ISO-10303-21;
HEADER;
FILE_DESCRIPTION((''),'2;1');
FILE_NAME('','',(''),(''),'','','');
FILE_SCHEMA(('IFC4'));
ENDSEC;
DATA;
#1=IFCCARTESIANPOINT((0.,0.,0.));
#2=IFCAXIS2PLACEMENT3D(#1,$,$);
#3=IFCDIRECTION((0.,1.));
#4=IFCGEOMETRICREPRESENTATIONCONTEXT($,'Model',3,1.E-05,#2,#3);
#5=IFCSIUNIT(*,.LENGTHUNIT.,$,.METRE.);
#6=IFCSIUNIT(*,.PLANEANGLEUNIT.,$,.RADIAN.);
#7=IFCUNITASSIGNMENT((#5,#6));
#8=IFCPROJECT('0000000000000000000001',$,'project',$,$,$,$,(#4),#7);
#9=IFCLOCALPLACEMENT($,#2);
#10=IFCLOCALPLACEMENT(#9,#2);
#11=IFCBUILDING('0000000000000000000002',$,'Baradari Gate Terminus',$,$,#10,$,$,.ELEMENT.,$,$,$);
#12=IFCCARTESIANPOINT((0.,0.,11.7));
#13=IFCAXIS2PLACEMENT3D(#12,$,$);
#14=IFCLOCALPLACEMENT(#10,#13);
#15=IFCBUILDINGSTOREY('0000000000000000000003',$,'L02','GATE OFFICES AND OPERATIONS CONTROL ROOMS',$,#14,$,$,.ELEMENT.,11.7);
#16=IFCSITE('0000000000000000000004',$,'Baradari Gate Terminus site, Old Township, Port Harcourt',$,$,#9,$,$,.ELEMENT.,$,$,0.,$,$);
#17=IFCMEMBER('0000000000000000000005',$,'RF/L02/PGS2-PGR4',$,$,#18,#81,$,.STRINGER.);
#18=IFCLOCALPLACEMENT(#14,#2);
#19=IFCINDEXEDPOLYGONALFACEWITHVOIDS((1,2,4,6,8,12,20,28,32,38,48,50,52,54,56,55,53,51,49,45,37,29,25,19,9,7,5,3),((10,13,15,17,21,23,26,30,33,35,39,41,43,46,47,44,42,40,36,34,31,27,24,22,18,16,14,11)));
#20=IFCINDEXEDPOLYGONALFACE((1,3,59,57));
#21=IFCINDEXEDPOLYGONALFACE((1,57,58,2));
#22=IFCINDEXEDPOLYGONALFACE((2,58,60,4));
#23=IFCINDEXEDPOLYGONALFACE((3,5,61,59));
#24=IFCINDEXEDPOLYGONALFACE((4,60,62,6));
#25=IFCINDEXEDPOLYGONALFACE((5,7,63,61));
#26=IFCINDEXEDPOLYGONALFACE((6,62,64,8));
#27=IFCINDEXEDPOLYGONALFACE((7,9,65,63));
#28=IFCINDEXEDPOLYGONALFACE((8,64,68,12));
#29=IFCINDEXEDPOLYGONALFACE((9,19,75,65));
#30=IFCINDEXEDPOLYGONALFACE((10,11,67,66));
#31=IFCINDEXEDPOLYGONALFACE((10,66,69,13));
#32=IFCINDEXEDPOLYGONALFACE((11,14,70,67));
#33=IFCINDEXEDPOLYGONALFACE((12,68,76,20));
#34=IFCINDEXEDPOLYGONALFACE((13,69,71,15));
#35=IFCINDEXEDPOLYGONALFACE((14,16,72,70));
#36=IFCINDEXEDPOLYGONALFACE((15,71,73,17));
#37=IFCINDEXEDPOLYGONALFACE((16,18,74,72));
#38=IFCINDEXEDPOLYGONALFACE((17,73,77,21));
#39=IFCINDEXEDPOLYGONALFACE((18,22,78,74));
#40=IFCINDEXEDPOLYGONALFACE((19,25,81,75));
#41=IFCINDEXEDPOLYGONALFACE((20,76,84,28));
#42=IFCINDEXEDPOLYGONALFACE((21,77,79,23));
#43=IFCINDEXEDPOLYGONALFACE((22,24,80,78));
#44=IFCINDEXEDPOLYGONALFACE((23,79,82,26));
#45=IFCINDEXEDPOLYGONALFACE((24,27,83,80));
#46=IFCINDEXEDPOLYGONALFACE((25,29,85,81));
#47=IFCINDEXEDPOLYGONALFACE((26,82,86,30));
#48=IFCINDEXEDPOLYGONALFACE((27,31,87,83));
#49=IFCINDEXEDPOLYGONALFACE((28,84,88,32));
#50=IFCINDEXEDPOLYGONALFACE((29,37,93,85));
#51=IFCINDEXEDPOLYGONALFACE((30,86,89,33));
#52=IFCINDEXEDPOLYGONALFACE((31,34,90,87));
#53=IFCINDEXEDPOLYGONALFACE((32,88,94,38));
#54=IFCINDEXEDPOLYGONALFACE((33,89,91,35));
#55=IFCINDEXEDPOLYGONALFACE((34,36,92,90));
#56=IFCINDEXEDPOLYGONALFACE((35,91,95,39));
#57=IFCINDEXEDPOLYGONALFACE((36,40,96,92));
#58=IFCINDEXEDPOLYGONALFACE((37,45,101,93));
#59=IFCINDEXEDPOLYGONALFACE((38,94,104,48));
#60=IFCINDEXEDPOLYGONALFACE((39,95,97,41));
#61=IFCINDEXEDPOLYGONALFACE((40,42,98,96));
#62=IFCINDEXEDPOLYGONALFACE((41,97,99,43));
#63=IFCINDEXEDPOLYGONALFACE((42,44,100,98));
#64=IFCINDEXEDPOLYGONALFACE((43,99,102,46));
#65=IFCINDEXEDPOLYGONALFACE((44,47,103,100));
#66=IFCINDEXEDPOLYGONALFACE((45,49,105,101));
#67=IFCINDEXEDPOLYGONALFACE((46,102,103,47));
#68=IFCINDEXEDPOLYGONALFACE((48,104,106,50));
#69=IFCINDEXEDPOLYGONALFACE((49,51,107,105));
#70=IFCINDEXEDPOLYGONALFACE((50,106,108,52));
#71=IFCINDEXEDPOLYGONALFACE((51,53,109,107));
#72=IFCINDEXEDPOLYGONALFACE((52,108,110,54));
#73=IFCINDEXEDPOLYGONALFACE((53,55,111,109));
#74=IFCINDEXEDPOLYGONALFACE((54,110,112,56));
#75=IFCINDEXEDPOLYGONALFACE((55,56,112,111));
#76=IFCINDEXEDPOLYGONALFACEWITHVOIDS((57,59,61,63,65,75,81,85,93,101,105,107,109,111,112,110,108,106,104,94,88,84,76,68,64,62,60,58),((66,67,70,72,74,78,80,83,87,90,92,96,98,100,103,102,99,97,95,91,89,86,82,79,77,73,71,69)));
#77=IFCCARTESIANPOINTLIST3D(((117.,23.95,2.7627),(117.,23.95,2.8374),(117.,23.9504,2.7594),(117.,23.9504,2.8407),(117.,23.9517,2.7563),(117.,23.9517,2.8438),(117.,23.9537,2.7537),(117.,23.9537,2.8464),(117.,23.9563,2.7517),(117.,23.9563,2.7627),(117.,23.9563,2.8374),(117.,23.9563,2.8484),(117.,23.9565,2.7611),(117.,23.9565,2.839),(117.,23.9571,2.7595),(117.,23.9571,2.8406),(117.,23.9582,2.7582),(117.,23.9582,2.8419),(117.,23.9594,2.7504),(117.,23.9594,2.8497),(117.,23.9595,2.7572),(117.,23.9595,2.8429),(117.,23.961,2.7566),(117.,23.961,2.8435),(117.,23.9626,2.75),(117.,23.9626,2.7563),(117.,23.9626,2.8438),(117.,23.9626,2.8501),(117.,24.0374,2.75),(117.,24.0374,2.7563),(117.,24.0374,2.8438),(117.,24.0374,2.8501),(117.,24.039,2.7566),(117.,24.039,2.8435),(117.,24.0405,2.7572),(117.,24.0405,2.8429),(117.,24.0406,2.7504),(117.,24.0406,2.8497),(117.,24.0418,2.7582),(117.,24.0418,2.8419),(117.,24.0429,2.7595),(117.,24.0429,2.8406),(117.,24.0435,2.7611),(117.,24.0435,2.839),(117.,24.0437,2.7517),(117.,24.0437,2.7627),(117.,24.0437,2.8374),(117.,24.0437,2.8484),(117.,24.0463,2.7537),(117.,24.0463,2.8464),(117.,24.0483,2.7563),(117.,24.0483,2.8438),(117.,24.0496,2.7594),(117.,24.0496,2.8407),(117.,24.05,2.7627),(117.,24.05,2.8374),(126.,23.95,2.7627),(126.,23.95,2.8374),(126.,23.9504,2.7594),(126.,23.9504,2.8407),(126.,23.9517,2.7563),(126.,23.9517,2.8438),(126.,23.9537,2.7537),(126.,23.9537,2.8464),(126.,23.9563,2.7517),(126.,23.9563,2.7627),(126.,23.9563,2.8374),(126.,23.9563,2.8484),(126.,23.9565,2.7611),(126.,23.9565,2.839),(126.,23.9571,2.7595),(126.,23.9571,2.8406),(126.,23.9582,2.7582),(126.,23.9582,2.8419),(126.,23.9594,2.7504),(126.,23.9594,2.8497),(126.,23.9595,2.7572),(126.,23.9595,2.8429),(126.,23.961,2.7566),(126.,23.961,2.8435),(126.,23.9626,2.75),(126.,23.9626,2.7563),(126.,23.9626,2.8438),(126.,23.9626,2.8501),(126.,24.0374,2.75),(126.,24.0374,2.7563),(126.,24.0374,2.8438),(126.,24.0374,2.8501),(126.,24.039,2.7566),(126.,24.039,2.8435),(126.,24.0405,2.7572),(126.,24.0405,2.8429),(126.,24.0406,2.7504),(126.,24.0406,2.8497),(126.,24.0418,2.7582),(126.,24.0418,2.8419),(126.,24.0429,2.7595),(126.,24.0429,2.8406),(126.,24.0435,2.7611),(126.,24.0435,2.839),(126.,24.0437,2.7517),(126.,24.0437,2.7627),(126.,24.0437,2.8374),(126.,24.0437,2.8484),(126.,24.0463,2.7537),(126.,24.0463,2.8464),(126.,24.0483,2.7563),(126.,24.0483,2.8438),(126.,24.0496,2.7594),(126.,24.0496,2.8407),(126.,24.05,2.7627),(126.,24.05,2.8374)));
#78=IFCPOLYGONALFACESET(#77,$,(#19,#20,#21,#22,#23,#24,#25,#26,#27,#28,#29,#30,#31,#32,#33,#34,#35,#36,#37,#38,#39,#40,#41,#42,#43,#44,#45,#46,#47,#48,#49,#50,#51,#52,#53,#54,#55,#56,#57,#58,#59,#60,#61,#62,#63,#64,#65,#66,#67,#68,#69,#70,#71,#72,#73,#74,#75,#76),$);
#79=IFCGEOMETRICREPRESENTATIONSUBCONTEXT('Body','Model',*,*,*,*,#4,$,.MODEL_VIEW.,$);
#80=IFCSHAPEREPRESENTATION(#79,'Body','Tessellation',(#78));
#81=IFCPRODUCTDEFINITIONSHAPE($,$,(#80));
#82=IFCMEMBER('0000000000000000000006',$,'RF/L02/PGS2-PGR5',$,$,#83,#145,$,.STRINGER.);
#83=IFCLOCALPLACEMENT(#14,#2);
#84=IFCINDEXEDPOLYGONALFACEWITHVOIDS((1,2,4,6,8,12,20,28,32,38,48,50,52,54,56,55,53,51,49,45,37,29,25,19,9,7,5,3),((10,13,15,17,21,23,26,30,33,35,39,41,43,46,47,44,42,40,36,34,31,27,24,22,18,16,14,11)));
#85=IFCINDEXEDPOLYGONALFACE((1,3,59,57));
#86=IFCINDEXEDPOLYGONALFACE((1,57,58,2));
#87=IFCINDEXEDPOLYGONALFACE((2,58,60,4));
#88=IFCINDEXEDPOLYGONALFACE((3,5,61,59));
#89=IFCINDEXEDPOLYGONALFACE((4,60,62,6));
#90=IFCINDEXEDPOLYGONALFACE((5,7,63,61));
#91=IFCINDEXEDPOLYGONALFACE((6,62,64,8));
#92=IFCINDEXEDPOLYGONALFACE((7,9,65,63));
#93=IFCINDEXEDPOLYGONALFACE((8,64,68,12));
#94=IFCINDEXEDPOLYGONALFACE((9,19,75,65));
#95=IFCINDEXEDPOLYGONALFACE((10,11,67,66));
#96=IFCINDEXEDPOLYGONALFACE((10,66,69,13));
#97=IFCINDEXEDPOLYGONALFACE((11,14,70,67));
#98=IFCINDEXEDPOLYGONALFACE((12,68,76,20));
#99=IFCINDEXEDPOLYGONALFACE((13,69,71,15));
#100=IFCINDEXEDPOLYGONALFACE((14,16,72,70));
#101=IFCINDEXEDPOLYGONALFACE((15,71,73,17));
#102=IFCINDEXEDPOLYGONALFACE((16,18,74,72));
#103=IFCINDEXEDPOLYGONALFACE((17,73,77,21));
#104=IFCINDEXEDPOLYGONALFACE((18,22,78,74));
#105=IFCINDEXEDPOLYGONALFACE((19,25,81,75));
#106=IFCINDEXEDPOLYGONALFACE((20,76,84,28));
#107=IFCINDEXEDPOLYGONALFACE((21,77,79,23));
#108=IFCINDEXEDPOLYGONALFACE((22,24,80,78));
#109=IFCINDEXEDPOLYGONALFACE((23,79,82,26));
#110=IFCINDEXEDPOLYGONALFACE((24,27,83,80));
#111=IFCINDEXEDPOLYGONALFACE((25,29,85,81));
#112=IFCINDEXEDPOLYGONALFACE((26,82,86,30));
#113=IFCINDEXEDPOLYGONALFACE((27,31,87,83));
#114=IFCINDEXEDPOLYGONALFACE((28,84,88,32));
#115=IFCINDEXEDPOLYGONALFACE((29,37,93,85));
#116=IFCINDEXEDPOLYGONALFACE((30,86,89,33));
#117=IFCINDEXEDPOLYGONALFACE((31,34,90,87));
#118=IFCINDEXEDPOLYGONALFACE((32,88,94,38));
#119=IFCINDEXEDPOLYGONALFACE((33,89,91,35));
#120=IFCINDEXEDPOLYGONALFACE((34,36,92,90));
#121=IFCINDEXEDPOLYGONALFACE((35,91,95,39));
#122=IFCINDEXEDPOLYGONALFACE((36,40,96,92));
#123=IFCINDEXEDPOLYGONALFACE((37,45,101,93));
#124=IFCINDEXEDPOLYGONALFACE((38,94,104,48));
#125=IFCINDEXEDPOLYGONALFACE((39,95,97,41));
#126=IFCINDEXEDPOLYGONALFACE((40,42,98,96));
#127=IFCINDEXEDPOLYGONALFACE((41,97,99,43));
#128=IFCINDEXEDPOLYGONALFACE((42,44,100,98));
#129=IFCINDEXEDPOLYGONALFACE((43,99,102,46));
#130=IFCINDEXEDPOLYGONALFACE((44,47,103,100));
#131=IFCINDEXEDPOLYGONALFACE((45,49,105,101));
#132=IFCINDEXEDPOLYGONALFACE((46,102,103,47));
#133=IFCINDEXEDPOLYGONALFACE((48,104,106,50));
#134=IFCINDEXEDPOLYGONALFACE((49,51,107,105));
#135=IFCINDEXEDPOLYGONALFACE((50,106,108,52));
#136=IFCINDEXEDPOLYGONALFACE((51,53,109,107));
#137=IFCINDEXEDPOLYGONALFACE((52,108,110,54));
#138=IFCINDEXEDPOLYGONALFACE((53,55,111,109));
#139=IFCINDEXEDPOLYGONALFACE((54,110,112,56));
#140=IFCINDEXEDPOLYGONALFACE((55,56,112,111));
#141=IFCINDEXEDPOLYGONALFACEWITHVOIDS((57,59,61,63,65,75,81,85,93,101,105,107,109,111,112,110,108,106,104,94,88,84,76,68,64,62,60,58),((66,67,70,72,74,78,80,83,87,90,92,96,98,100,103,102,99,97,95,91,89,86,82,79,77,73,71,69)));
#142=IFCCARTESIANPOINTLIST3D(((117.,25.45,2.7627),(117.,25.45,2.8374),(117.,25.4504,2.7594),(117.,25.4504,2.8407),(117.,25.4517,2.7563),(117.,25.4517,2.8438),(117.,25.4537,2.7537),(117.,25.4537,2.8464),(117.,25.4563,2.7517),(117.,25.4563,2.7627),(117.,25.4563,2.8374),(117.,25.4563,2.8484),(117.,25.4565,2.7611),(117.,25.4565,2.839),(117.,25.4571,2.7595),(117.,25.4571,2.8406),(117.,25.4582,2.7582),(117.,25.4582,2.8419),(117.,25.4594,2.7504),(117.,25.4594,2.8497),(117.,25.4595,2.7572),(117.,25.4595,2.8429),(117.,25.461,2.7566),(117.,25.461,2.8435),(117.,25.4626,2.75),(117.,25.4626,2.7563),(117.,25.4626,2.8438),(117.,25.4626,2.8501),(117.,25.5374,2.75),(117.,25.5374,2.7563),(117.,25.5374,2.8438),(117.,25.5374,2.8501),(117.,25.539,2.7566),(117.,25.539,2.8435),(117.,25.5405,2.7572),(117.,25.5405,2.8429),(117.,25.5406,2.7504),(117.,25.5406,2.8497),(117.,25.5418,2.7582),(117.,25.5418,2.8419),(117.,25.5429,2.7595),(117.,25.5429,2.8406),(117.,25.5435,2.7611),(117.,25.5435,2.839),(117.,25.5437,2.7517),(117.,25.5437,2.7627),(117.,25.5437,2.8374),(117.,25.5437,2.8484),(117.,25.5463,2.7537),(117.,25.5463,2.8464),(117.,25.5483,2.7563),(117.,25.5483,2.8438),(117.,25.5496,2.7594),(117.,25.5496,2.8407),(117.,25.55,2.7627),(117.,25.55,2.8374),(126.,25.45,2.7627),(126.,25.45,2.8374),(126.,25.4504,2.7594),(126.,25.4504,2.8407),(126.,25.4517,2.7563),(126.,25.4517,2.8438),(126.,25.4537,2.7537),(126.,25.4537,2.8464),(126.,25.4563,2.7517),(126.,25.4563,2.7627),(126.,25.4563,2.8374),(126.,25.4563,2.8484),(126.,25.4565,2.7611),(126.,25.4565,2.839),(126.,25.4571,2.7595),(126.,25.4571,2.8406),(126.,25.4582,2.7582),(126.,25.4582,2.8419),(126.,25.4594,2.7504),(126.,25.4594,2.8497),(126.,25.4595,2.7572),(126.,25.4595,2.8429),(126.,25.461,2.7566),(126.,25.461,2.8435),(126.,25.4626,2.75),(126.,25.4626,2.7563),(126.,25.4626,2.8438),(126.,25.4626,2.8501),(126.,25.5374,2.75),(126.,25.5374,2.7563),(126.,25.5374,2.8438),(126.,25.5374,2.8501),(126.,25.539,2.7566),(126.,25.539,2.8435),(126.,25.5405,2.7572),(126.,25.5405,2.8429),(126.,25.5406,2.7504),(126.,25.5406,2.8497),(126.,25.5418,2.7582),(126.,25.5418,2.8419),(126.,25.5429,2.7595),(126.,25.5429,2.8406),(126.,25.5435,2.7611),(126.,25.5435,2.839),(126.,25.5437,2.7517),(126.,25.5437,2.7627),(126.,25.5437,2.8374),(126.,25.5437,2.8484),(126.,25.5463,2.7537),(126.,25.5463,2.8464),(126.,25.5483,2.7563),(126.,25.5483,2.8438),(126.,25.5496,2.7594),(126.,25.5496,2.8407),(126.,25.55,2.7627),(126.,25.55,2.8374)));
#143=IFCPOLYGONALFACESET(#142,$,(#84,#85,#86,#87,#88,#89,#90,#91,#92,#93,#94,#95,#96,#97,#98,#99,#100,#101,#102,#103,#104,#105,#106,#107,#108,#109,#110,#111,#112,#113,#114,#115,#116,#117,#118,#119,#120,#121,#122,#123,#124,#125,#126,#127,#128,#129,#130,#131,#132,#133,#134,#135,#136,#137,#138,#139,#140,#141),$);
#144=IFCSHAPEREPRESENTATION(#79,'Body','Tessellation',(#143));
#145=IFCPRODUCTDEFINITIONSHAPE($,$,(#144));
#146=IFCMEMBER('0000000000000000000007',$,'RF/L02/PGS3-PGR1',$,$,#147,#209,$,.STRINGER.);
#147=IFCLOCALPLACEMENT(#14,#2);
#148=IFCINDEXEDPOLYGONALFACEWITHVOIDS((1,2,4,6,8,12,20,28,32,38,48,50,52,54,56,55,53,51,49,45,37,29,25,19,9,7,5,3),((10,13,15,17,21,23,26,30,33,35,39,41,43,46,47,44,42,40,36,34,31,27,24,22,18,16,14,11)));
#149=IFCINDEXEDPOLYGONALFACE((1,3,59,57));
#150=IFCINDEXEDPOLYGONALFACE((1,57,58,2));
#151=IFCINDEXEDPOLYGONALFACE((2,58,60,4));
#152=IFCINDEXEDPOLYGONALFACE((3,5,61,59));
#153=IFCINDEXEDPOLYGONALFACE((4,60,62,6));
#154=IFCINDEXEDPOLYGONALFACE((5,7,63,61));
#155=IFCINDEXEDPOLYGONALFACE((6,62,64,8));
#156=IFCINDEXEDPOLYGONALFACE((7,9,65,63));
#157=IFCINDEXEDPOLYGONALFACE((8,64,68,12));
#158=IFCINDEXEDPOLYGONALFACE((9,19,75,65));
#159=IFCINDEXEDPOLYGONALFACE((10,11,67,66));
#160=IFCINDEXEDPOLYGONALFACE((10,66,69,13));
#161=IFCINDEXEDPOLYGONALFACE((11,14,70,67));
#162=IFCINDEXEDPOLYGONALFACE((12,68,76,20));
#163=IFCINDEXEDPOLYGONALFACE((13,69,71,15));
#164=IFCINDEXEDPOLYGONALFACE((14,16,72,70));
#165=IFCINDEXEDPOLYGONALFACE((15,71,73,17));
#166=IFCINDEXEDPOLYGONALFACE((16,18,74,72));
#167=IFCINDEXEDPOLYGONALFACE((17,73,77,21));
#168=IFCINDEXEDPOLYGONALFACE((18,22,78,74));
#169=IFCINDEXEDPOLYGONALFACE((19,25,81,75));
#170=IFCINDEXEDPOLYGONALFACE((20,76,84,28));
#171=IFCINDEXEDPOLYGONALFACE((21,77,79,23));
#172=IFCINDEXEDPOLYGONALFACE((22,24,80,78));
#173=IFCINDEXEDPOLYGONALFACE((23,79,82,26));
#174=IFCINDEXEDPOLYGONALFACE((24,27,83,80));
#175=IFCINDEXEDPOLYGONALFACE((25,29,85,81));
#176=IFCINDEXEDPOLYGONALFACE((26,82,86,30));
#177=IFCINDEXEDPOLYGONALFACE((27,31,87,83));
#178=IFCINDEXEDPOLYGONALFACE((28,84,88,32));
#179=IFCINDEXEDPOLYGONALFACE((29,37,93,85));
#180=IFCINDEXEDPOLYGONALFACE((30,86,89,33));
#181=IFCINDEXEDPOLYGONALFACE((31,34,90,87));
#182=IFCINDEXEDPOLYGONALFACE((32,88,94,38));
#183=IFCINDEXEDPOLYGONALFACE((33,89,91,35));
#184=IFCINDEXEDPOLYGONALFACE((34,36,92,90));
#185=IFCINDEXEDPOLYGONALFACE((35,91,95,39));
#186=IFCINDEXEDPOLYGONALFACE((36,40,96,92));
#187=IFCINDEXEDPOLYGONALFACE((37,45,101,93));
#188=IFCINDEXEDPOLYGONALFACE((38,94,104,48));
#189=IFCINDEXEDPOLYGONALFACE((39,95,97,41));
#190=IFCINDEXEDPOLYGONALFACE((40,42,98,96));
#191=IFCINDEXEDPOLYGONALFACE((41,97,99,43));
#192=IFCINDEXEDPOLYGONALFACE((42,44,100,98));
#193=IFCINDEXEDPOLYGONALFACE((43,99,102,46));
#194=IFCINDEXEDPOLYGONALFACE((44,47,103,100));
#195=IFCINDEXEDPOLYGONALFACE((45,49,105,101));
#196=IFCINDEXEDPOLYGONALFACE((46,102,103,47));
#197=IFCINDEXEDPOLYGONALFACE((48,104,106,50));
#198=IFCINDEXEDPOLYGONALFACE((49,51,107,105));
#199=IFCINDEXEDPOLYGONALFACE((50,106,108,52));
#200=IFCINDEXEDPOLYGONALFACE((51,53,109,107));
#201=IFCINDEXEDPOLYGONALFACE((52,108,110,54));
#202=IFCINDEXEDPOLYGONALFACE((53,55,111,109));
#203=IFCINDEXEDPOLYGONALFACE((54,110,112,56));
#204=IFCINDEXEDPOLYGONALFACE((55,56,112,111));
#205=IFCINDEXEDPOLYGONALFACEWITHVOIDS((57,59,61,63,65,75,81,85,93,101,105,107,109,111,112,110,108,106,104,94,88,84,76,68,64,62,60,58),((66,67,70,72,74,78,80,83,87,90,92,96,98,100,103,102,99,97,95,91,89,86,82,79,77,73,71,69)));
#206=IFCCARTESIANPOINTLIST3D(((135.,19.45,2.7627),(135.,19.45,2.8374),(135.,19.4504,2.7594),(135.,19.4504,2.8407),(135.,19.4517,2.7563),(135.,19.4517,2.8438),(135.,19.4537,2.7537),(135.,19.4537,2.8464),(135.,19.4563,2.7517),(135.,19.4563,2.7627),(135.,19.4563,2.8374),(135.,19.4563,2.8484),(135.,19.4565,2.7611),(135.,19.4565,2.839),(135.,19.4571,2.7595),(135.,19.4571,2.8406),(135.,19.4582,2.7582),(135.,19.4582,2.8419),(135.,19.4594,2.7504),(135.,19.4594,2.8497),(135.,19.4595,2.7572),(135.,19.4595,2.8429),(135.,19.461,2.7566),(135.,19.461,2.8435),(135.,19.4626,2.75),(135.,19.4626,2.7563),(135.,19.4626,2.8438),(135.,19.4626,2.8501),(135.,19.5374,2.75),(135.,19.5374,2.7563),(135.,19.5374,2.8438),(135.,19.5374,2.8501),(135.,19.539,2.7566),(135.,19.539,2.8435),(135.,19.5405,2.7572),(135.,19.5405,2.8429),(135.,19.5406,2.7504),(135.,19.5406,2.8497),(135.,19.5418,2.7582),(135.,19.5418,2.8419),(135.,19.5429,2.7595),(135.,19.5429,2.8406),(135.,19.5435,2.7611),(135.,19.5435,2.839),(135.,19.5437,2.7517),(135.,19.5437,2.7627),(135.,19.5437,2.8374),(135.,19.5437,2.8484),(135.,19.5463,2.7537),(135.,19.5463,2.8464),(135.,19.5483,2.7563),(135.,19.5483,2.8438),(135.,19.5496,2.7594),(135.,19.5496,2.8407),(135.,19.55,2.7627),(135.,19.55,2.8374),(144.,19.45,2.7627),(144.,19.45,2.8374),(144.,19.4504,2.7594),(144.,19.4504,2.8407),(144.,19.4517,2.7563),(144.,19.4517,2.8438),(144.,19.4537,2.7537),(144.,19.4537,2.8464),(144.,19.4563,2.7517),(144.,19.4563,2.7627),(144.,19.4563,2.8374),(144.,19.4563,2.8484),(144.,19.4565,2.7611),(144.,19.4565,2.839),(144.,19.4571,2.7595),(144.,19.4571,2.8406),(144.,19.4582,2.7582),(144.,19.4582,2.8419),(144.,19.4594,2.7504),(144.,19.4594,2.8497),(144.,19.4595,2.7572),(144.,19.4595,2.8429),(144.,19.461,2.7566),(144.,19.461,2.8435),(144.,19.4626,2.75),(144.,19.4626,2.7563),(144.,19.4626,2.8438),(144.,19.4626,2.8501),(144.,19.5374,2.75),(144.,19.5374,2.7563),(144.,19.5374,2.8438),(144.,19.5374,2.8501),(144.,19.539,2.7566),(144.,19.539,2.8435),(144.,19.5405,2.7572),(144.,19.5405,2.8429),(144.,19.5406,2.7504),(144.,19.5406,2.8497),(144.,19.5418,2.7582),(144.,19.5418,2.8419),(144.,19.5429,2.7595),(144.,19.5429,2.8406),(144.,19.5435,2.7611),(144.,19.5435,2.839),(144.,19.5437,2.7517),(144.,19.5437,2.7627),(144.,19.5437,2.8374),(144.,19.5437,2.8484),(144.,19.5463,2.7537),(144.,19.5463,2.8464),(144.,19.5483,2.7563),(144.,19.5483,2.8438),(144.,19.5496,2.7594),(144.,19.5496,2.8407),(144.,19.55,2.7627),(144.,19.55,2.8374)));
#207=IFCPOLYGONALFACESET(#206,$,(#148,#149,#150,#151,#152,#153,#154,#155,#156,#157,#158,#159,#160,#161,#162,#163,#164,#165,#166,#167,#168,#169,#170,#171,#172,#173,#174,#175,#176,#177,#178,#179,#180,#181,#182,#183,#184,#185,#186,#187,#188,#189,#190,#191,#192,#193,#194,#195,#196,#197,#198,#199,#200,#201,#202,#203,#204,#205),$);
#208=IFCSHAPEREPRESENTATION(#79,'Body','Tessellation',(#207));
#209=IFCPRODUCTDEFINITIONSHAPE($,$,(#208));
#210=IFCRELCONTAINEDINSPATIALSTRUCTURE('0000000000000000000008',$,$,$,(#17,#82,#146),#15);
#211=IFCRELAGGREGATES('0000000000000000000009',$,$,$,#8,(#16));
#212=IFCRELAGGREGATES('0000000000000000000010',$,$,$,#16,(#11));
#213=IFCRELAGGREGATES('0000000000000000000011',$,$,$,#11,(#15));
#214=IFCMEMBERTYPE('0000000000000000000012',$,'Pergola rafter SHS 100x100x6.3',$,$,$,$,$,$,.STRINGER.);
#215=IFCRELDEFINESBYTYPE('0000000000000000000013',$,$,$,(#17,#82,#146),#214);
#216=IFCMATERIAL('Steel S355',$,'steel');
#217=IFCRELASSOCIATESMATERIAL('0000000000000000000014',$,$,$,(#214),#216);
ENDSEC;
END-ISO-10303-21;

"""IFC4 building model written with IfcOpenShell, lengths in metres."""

from ifc_helpers import new_model, si_unit, direction, frame, origin, origin_2d, place, context, subcontext, project, spatial, hollow_rectangle, extrude, material, material_profile, profile_set, type_object, element, save


model = new_model("IFC4")

# Units and contexts
model_context = context("Model", 3, precision=1e-05, world=origin(), true_north=direction((0.0, 1.0)))
body_context = subcontext(model_context, "Body", "Model", "MODEL_VIEW")
ifc_project = project(units=[si_unit("LENGTHUNIT", "METRE"), si_unit("PLANEANGLEUNIT", "RADIAN")], contexts=[model_context])

# Site, building, storey
site_placement = place(None, origin())
site = spatial("IfcSite", under=ifc_project, at=site_placement, Name="Baradari Gate Terminus site, Old Township, Port Harcourt", CompositionType="ELEMENT", RefElevation=0.0)
building_placement = place(site_placement, origin())
building = spatial("IfcBuilding", under=site, at=building_placement, Name="Baradari Gate Terminus", CompositionType="ELEMENT")
storey_placement = place(building_placement, frame((0.0, 0.0, 11.7)))
storey = spatial("IfcBuildingStorey", under=building, at=storey_placement, Name="L02", Description="GATE OFFICES AND OPERATIONS CONTROL ROOMS", CompositionType="ELEMENT", Elevation=11.7)

# Members
ifc_material_1 = material(Name="Steel S355", Category="steel")
ifc_material_profile_1 = material_profile(ifc_material_1, hollow_rectangle(XDim=0.1001, YDim=0.1001, WallThickness=0.0063, InnerFilletRadius=0.0063, OuterFilletRadius=0.0127, at=origin_2d()), Name="SHS 100x100x6.3")
ifc_profile_set_1 = profile_set([ifc_material_profile_1], Name="Steel S355")
member_type = type_object("IfcMemberType", Name="Pergola rafter SHS 100x100x6.3", PredefinedType="STRINGER", material=ifc_profile_set_1)
for number, where, z_axis, x_axis, name in (
    (1, (117.0, 24.0, 2.8), (1.0, 0.0, 0.0), (0.0, 1.0, 0.0), "RF/L02/PGS2-PGR4"),
    (2, (117.0, 25.5, 2.8), (1.0, 0.0, 0.0), (0.0, 1.0, 0.0), "RF/L02/PGS2-PGR5"),
    (3, (135.0, 19.5, 2.8), (1.0, 0.0, 0.0), (0.0, 1.0, 0.0), "RF/L02/PGS3-PGR1"),
):
    element("IfcMember", number, at=place(storey_placement, frame(where, z_axis=z_axis, x_axis=x_axis)), inside=storey, type_object=member_type, Name=name, PredefinedType="STRINGER", context=body_context, shape_type="SweptSolid", body=[
        extrude(hollow_rectangle(XDim=0.1001, YDim=0.1001, WallThickness=0.0063, InnerFilletRadius=0.0063, OuterFilletRadius=0.0127, at=origin_2d()), origin(), (0.0, 0.0, 1.0), 9.0),
    ])

save(model, "model.ifc")
